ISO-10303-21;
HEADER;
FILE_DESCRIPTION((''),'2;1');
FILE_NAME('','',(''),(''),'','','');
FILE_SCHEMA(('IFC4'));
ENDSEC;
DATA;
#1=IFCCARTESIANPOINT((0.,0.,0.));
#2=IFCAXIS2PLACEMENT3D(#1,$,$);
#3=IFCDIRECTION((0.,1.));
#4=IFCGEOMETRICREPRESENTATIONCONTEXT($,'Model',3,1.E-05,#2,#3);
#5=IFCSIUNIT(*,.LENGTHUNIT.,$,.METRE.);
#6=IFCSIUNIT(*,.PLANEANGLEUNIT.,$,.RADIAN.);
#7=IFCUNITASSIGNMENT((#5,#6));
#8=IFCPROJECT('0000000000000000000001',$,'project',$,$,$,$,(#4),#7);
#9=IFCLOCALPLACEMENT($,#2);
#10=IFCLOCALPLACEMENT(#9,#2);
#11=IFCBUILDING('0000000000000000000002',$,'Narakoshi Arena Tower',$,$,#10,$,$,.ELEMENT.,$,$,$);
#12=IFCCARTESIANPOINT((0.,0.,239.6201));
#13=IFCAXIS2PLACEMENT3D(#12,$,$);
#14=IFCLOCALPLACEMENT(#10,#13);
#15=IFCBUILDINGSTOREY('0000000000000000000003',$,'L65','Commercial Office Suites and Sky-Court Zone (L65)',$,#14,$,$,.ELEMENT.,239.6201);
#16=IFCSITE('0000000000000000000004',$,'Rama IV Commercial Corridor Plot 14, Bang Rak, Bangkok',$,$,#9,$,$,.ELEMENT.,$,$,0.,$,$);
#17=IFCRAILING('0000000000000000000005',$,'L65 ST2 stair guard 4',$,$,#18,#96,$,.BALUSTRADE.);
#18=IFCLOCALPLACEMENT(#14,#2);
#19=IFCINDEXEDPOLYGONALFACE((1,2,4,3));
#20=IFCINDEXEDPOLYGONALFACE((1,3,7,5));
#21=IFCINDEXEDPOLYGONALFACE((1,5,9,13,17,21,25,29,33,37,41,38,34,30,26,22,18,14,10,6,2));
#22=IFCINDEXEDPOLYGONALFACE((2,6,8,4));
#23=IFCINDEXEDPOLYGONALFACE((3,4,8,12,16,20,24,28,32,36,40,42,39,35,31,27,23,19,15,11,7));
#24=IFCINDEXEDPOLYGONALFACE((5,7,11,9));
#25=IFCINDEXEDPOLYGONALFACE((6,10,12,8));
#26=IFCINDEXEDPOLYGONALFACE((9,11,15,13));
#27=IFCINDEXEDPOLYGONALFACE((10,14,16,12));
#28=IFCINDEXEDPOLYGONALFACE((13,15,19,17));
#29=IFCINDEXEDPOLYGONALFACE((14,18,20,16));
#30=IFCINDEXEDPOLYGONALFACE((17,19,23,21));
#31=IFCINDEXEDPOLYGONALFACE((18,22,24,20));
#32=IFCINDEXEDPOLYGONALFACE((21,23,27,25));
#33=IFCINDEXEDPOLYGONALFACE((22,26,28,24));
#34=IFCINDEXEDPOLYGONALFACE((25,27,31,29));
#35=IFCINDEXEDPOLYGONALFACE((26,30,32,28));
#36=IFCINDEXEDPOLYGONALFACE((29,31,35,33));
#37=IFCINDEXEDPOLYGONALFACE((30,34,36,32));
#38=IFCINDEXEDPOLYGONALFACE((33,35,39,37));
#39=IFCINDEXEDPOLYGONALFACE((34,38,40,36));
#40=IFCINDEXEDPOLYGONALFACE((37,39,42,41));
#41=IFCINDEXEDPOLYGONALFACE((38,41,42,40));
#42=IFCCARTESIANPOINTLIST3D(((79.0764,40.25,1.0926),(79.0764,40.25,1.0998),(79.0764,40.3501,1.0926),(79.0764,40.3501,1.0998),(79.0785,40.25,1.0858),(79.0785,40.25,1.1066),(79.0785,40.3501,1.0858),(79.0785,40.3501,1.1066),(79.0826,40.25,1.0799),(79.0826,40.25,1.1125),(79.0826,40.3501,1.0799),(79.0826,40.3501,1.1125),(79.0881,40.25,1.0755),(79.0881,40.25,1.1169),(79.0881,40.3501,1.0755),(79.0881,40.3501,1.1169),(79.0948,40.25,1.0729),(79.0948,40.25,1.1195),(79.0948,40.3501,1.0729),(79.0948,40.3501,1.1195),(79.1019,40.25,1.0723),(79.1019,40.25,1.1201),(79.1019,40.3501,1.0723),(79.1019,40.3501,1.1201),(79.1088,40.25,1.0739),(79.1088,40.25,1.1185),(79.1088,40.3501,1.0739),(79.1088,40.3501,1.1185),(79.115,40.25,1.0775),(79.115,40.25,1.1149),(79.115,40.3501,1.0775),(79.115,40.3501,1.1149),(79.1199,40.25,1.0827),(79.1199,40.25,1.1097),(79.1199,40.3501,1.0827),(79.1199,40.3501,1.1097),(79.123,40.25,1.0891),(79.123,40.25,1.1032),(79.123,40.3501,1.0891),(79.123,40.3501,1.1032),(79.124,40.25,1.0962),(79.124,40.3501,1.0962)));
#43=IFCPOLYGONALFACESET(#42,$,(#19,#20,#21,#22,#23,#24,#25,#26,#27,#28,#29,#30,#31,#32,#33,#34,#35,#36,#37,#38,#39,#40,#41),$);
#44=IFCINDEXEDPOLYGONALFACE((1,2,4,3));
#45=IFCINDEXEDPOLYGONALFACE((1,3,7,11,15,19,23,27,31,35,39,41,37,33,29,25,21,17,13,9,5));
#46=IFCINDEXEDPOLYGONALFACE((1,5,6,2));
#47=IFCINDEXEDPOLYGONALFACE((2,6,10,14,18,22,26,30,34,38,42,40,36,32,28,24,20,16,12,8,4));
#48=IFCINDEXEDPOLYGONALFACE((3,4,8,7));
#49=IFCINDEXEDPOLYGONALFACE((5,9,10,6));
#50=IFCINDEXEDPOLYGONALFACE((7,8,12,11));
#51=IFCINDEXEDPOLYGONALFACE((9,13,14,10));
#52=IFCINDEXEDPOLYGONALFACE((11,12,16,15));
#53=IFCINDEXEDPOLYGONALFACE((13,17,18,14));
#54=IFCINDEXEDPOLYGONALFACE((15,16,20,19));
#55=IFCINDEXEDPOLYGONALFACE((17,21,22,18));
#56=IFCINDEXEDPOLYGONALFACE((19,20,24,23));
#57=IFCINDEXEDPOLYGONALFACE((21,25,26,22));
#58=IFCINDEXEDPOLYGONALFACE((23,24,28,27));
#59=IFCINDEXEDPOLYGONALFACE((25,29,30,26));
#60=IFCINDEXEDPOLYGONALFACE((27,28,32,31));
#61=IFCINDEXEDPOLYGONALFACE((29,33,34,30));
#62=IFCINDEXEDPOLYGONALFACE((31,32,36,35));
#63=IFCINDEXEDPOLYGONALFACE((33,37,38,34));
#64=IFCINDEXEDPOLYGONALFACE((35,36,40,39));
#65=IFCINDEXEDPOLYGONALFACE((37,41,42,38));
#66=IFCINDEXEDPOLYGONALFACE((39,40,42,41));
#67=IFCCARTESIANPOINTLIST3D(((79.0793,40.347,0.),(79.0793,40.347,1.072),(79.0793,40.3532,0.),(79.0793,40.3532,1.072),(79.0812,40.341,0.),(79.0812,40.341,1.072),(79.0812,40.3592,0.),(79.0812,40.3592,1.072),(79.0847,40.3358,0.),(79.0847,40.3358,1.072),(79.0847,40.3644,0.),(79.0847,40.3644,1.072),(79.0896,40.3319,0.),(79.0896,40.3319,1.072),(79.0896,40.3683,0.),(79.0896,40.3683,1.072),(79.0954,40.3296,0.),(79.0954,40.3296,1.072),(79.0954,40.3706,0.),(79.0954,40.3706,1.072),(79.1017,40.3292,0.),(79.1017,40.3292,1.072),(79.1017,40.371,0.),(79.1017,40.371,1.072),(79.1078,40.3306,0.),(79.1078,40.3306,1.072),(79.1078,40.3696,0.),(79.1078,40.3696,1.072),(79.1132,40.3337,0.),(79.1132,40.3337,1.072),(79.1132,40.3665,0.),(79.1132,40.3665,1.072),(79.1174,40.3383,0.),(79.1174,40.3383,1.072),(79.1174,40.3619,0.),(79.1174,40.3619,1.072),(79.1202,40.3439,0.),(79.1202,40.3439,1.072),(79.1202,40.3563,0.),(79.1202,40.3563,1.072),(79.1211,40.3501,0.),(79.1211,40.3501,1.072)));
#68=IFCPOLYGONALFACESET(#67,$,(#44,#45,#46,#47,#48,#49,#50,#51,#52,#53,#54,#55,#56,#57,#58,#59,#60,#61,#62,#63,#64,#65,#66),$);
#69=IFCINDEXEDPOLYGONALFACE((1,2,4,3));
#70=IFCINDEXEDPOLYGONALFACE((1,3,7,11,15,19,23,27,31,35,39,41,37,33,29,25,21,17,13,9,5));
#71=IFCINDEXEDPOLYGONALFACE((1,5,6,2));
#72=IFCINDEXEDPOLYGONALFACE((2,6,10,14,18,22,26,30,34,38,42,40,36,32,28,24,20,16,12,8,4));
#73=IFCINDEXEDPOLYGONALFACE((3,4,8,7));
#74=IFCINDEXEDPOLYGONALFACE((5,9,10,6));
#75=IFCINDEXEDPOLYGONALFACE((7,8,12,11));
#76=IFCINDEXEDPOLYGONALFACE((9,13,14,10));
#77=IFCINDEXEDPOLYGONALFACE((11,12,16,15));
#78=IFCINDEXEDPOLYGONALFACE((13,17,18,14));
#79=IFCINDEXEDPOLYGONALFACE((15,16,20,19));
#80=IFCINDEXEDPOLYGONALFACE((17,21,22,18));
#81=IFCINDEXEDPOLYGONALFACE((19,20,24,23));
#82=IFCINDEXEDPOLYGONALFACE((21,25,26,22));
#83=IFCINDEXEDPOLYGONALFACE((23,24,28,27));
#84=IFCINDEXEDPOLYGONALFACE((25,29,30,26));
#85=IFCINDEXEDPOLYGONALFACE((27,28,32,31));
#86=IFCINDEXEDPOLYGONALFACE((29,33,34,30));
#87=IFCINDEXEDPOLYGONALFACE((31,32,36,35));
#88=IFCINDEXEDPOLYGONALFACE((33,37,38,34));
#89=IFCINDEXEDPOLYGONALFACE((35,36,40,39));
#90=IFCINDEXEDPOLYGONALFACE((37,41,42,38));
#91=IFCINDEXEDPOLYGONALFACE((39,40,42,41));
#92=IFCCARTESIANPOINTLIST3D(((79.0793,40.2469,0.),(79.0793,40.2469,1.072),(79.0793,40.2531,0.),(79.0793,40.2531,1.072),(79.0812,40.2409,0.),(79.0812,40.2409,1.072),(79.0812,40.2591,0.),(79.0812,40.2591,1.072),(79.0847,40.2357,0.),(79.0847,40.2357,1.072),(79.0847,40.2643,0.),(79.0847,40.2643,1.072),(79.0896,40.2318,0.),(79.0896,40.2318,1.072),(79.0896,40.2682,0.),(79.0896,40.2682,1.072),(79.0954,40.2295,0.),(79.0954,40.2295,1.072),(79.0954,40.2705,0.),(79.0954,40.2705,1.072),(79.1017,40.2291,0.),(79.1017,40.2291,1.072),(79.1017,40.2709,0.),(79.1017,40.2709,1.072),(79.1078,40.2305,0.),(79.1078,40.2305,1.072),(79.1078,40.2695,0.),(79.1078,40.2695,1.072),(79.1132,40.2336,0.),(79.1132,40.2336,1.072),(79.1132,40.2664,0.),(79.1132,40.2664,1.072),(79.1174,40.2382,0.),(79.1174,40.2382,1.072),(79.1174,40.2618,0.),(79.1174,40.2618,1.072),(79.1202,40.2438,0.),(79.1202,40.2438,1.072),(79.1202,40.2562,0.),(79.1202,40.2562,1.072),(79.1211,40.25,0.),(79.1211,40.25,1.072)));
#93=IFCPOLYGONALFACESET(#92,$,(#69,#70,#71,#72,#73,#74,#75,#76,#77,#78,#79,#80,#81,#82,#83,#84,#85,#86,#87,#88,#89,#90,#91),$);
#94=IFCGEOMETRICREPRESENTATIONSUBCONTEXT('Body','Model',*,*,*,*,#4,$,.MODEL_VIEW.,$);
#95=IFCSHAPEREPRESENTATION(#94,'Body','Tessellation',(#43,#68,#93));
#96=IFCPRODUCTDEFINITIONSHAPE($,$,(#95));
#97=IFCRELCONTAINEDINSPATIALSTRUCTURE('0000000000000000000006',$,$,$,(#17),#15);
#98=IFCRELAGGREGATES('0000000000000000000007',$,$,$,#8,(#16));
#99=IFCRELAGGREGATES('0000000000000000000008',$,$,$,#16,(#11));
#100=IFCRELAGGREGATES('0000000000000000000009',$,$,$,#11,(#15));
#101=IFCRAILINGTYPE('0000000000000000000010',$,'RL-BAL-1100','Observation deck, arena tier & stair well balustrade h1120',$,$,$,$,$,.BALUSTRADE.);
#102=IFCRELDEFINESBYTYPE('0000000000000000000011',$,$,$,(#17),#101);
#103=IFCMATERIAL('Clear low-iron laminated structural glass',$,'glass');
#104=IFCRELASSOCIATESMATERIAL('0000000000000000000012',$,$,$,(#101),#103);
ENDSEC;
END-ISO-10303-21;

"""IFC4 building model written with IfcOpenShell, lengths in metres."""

from ifc_helpers import new_model, si_unit, direction, frame, origin, origin_2d, place, context, subcontext, project, spatial, circle, extrude, material, type_object, element, save


model = new_model("IFC4")

# Units and contexts
model_context = context("Model", 3, precision=1e-05, world=origin(), true_north=direction((0.0, 1.0)))
body_context = subcontext(model_context, "Body", "Model", "MODEL_VIEW")
ifc_project = project(units=[si_unit("LENGTHUNIT", "METRE"), si_unit("PLANEANGLEUNIT", "RADIAN")], contexts=[model_context])

# Site, building, storey
site_placement = place(None, origin())
site = spatial("IfcSite", under=ifc_project, at=site_placement, Name="Rama IV Commercial Corridor Plot 14, Bang Rak, Bangkok", CompositionType="ELEMENT", RefElevation=0.0)
building_placement = place(site_placement, origin())
building = spatial("IfcBuilding", under=site, at=building_placement, Name="Narakoshi Arena Tower", CompositionType="ELEMENT")
storey_placement = place(building_placement, frame((0.0, 0.0, 239.6201)))
storey = spatial("IfcBuildingStorey", under=building, at=storey_placement, Name="L65", Description="Commercial Office Suites and Sky-Court Zone (L65)", CompositionType="ELEMENT", Elevation=239.6201)

# Railing
ifc_material_1 = material(Name="Clear low-iron laminated structural glass", Category="glass")
railing_type = type_object("IfcRailingType", Name="RL-BAL-1100", Description="Observation deck, arena tier & stair well balustrade h1120", PredefinedType="BALUSTRADE", material=ifc_material_1)
railing_1_placement = place(storey_placement, frame((79.1001, 40.3501, 0.0)))
element("IfcRailing", 1, at=railing_1_placement, inside=storey, type_object=railing_type, Name="L65 ST2 stair guard 4", PredefinedType="BALUSTRADE", context=body_context, shape_type="SweptSolid", body=[
    extrude(circle(Radius=0.0239, at=origin_2d()), frame((0.0, 0.0, 1.0962), z_axis=(0.0, -1.0, 0.0), x_axis=(1.0, 0.0, 0.0)), (0.0, 0.0, 1.0), 0.1001),
    extrude(circle(Radius=0.021, at=origin_2d()), origin(), (0.0, 0.0, 1.0), 1.072),
    extrude(circle(Radius=0.021, at=origin_2d()), frame((0.0, -0.1001, 0.0)), (0.0, 0.0, 1.0), 1.072),
])

save(model, "model.ifc")
